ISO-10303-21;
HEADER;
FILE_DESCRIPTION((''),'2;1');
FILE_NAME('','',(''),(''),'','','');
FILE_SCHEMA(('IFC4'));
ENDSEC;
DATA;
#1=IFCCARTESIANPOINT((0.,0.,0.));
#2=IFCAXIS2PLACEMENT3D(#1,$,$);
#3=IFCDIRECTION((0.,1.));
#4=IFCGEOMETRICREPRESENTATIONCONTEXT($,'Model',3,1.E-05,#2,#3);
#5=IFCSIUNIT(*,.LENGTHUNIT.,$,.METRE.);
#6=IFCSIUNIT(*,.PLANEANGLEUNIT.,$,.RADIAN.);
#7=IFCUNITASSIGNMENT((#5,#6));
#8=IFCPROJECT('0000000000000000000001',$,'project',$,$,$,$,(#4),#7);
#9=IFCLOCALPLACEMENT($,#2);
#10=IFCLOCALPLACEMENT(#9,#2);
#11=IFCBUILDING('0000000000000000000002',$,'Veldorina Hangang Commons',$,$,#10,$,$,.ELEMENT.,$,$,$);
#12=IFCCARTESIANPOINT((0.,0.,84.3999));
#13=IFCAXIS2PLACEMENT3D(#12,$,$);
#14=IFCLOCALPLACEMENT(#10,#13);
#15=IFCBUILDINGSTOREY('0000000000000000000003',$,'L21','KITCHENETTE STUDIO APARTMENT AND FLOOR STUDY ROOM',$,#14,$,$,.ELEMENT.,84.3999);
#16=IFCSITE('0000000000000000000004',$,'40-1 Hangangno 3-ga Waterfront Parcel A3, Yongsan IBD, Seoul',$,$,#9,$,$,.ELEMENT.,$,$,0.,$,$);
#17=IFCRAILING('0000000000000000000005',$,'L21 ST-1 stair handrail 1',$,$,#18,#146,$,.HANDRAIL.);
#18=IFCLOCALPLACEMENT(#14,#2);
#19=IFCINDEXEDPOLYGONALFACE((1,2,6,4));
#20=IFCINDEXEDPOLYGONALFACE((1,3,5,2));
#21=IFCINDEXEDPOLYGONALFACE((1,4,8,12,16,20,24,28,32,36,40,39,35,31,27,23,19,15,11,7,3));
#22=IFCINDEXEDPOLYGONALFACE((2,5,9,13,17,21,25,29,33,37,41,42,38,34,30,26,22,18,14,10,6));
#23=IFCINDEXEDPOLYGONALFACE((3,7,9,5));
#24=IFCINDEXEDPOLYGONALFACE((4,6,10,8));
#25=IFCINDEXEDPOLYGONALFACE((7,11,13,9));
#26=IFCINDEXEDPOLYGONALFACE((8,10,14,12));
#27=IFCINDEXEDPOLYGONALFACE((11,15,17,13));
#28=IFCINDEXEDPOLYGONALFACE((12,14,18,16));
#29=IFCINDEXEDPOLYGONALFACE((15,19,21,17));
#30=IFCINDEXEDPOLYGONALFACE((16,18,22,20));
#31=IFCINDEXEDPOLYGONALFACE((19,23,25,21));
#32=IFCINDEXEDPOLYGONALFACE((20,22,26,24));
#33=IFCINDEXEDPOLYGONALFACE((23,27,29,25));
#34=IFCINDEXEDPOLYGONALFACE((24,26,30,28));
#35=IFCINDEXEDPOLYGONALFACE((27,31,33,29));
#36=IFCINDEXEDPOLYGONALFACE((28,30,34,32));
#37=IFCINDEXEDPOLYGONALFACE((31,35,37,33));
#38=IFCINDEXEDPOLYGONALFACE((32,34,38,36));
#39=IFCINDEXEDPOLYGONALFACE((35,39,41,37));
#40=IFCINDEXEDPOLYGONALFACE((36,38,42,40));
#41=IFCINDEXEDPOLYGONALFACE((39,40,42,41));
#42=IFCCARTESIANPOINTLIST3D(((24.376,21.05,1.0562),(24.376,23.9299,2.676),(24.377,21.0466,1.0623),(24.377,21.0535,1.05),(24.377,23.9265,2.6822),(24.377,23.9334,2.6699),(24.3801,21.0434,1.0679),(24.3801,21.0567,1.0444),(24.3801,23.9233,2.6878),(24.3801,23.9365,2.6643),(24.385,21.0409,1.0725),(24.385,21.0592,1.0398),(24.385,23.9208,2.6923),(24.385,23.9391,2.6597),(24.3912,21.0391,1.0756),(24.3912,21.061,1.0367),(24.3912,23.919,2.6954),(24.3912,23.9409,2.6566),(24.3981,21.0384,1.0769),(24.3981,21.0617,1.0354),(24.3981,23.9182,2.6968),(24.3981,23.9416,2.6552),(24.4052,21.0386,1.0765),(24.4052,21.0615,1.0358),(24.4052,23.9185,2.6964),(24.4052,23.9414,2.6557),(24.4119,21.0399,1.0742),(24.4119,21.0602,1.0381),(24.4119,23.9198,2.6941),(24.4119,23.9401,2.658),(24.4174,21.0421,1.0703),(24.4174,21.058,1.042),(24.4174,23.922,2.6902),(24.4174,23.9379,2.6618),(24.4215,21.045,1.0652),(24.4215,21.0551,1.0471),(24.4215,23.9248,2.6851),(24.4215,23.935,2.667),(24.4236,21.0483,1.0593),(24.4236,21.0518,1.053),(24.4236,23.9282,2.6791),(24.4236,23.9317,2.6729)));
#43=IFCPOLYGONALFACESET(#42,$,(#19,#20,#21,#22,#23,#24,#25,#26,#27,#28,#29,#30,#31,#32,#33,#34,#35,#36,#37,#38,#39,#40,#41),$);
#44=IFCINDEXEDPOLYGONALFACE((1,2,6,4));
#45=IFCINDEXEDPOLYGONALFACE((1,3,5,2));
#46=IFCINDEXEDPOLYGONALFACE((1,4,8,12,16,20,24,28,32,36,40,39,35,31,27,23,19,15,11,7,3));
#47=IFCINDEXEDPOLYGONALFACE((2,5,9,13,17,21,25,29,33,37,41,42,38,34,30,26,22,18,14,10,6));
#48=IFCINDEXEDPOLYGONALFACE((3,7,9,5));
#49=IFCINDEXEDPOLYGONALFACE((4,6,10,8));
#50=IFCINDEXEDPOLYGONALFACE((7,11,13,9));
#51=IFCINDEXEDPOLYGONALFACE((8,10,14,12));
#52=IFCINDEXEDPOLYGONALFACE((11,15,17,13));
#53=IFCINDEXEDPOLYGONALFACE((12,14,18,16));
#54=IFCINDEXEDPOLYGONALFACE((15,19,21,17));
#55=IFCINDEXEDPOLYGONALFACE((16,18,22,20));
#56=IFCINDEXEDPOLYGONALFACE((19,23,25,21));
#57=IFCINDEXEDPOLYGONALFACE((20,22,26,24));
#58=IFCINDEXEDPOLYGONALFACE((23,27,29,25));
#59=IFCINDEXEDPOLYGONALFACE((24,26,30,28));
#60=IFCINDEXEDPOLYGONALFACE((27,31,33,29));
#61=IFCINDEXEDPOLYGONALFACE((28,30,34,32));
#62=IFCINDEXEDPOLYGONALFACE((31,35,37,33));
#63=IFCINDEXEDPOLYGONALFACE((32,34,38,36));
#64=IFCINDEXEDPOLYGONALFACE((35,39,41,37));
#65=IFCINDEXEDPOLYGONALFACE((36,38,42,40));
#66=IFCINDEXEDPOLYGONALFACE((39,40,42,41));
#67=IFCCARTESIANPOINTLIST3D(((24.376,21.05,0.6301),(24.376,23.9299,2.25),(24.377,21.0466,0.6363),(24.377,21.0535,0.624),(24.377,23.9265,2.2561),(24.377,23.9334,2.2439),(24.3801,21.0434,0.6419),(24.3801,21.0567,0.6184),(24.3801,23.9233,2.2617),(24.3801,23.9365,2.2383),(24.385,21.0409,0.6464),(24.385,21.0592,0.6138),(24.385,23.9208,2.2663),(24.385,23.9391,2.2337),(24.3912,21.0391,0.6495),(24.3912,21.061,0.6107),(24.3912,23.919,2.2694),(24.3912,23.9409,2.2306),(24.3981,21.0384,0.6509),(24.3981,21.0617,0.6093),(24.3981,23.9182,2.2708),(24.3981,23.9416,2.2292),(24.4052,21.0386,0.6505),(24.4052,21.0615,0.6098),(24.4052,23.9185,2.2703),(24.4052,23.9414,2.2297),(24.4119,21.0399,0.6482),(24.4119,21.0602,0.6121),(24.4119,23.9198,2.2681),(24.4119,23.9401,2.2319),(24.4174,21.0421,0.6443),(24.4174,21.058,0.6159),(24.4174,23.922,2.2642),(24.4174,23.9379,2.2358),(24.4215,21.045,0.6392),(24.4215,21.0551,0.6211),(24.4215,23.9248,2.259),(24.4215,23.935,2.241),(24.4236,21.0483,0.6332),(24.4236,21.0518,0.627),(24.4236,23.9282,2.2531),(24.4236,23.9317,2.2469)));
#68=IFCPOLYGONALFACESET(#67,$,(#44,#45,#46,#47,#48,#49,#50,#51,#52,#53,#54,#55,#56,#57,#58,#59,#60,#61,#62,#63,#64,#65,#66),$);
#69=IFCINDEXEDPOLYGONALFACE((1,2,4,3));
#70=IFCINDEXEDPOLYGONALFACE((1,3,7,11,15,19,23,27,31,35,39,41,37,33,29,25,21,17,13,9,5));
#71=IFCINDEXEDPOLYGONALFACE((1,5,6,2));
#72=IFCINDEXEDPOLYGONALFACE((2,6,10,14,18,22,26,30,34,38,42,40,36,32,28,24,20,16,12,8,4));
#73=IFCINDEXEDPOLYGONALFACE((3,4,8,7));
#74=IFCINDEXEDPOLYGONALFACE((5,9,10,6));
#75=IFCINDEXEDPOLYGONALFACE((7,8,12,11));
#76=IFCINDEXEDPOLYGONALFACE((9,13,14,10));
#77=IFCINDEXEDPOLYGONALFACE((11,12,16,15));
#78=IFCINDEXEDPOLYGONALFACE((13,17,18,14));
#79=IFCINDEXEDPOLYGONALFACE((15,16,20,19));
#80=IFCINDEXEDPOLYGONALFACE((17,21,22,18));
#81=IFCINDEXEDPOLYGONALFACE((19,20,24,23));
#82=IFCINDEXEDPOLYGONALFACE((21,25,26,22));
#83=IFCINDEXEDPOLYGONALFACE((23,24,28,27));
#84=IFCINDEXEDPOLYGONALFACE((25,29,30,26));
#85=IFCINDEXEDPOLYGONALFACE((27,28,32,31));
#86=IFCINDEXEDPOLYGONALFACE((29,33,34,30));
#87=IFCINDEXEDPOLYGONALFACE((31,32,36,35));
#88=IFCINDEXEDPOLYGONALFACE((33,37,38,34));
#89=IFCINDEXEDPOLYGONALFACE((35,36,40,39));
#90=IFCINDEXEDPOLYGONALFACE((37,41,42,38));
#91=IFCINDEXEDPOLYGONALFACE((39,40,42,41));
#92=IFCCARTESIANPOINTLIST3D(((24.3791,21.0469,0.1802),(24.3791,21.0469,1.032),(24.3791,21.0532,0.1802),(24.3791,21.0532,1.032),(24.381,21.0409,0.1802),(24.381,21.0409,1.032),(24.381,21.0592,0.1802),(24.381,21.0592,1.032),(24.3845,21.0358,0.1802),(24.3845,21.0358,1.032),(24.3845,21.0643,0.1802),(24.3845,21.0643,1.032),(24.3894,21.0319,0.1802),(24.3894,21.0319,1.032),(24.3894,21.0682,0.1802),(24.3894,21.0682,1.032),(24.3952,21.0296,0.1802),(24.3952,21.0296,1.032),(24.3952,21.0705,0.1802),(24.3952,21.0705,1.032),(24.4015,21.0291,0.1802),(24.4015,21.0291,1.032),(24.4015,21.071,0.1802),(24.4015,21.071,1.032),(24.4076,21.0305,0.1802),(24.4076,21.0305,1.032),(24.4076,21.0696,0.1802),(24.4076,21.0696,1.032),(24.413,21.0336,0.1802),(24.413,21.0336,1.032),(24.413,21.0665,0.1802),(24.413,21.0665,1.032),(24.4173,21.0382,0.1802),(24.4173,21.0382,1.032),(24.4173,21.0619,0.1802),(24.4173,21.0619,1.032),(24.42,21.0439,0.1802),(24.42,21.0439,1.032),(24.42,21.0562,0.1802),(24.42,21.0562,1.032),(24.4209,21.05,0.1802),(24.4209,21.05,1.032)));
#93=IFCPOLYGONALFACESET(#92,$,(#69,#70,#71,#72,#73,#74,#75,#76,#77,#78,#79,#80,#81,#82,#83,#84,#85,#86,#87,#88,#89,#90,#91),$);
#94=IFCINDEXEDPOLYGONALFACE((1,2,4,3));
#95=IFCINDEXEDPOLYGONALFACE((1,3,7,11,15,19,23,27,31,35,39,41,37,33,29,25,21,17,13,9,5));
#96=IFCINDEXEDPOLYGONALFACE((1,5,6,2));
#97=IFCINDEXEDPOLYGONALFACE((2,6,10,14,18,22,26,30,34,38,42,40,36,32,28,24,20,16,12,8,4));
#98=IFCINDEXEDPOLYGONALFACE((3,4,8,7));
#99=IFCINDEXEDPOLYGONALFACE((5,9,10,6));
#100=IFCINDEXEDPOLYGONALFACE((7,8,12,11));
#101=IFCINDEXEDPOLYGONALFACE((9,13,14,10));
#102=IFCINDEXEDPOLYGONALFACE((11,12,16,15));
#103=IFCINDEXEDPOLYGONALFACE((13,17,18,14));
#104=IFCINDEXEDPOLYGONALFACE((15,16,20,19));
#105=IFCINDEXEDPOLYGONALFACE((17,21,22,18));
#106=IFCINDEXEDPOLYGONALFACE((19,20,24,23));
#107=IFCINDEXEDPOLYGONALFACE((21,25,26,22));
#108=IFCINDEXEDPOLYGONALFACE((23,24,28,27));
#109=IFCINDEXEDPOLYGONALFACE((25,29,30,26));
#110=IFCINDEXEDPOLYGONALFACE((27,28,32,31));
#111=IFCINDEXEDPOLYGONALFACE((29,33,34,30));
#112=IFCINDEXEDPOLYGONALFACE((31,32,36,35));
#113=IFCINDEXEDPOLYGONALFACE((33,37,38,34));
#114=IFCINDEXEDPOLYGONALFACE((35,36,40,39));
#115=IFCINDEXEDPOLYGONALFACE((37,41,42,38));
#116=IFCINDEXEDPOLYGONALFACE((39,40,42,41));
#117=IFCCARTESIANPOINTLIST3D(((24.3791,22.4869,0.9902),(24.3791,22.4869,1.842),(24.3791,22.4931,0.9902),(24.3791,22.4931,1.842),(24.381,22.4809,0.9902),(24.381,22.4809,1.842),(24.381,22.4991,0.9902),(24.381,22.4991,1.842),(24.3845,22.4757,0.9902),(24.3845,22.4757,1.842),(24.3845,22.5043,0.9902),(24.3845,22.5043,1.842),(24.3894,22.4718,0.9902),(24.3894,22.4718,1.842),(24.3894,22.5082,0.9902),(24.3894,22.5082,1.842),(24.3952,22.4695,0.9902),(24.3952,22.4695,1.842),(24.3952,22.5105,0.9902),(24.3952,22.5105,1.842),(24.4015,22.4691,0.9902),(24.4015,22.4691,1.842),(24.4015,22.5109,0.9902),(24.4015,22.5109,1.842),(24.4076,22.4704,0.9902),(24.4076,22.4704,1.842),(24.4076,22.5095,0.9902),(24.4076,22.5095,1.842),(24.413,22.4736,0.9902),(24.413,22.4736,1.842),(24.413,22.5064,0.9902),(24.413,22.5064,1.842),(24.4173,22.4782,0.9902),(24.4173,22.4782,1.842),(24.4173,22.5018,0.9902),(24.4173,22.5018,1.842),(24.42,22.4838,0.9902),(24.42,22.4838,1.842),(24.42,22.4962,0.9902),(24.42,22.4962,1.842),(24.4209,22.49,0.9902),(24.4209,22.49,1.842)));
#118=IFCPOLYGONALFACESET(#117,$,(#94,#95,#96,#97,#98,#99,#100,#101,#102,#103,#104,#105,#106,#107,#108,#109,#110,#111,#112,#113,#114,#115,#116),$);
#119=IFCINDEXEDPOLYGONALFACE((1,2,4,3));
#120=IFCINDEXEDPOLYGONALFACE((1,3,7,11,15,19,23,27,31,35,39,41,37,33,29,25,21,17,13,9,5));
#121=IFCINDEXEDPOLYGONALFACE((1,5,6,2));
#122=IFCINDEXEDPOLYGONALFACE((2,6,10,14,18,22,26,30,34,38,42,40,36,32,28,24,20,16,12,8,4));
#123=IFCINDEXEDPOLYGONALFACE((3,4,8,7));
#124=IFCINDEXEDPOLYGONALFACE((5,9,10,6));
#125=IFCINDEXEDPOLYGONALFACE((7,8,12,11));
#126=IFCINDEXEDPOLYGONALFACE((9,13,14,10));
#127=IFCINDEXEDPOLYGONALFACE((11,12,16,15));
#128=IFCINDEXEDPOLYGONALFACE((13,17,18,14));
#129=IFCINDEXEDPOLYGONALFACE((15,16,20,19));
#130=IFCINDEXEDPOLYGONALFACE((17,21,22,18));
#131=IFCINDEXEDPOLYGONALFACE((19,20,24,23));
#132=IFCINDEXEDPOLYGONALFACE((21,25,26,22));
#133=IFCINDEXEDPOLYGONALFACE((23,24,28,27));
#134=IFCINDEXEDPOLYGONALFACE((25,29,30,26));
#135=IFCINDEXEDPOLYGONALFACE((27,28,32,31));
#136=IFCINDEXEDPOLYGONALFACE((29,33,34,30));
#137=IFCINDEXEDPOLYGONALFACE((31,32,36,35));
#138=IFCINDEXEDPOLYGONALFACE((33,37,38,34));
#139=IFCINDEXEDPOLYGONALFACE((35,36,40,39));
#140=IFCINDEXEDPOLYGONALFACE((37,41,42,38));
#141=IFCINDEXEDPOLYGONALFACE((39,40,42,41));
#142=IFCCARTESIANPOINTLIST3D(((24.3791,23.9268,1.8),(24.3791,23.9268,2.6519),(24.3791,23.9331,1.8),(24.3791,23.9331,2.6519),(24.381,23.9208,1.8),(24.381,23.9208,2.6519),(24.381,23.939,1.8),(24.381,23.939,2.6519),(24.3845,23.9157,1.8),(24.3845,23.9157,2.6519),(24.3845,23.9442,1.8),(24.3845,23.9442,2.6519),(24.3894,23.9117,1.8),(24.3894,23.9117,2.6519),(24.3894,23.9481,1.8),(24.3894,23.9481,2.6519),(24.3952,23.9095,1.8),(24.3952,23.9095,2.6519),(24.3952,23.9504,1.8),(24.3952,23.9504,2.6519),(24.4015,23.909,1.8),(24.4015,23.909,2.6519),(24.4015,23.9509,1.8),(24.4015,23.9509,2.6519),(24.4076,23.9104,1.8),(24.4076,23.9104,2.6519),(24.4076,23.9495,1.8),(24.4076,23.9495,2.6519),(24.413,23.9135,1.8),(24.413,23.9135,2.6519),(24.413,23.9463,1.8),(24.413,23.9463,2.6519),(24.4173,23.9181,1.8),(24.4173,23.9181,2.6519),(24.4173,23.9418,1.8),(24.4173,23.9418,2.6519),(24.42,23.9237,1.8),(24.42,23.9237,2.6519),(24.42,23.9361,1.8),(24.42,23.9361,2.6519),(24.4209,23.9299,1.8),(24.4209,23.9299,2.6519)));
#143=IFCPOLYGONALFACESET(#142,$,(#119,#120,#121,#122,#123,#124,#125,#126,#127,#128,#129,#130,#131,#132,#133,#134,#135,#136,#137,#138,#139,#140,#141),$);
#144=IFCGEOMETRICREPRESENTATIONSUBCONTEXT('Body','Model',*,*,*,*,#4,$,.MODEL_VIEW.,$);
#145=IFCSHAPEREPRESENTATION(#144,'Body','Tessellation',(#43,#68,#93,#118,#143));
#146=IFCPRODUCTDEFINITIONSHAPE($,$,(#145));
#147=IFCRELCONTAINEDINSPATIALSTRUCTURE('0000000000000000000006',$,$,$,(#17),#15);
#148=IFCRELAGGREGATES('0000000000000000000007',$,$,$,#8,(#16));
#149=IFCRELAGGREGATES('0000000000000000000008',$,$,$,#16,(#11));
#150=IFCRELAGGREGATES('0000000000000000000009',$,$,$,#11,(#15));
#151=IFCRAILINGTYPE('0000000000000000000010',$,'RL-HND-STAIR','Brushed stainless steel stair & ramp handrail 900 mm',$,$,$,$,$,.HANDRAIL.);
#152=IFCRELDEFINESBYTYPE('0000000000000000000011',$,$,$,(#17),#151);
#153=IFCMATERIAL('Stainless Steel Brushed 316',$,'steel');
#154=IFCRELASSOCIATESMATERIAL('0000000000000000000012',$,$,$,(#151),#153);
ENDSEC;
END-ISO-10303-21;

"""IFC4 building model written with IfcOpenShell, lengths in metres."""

from ifc_helpers import new_model, si_unit, direction, frame, origin, origin_2d, place, context, subcontext, project, spatial, circle, extrude, material, type_object, element, save


model = new_model("IFC4")

# Units and contexts
model_context = context("Model", 3, precision=1e-05, world=origin(), true_north=direction((0.0, 1.0)))
body_context = subcontext(model_context, "Body", "Model", "MODEL_VIEW")
ifc_project = project(units=[si_unit("LENGTHUNIT", "METRE"), si_unit("PLANEANGLEUNIT", "RADIAN")], contexts=[model_context])

# Site, building, storey
site_placement = place(None, origin())
site = spatial("IfcSite", under=ifc_project, at=site_placement, Name="40-1 Hangangno 3-ga Waterfront Parcel A3, Yongsan IBD, Seoul", CompositionType="ELEMENT", RefElevation=0.0)
building_placement = place(site_placement, origin())
building = spatial("IfcBuilding", under=site, at=building_placement, Name="Veldorina Hangang Commons", CompositionType="ELEMENT")
storey_placement = place(building_placement, frame((0.0, 0.0, 84.3999)))
storey = spatial("IfcBuildingStorey", under=building, at=storey_placement, Name="L21", Description="KITCHENETTE STUDIO APARTMENT AND FLOOR STUDY ROOM", CompositionType="ELEMENT", Elevation=84.3999)

# Railing
ifc_material_1 = material(Name="Stainless Steel Brushed 316", Category="steel")
railing_type_1 = type_object("IfcRailingType", Name="RL-HND-STAIR", Description="Brushed stainless steel stair & ramp handrail 900 mm", PredefinedType="HANDRAIL", material=ifc_material_1)
railing_1_placement = place(storey_placement, frame((24.3999, 21.05, 0.1802)))
element("IfcRailing", 1, at=railing_1_placement, inside=storey, type_object=railing_type_1, Name="L21 ST-1 stair handrail 1", PredefinedType="HANDRAIL", context=body_context, shape_type="SweptSolid", body=[
    extrude(circle(Radius=0.0239, at=origin_2d()), frame((0.0, 0.0, 0.876), z_axis=(0.0, 0.871583, 0.490247), x_axis=(-1.0, 0.0, 0.0)), (0.0, 0.0, 1.0), 3.3042),
    extrude(circle(Radius=0.0239, at=origin_2d()), frame((0.0, 0.0, 0.45), z_axis=(0.0, 0.871583, 0.490247), x_axis=(-1.0, 0.0, 0.0)), (0.0, 0.0, 1.0), 3.3042),
    extrude(circle(Radius=0.021, at=origin_2d()), origin(), (0.0, 0.0, 1.0), 0.8518),
    extrude(circle(Radius=0.021, at=origin_2d()), frame((0.0, 1.4399, 0.8101)), (0.0, 0.0, 1.0), 0.8518),
    extrude(circle(Radius=0.021, at=origin_2d()), frame((0.0, 2.8799, 1.6199)), (0.0, 0.0, 1.0), 0.8518),
])

save(model, "model.ifc")
